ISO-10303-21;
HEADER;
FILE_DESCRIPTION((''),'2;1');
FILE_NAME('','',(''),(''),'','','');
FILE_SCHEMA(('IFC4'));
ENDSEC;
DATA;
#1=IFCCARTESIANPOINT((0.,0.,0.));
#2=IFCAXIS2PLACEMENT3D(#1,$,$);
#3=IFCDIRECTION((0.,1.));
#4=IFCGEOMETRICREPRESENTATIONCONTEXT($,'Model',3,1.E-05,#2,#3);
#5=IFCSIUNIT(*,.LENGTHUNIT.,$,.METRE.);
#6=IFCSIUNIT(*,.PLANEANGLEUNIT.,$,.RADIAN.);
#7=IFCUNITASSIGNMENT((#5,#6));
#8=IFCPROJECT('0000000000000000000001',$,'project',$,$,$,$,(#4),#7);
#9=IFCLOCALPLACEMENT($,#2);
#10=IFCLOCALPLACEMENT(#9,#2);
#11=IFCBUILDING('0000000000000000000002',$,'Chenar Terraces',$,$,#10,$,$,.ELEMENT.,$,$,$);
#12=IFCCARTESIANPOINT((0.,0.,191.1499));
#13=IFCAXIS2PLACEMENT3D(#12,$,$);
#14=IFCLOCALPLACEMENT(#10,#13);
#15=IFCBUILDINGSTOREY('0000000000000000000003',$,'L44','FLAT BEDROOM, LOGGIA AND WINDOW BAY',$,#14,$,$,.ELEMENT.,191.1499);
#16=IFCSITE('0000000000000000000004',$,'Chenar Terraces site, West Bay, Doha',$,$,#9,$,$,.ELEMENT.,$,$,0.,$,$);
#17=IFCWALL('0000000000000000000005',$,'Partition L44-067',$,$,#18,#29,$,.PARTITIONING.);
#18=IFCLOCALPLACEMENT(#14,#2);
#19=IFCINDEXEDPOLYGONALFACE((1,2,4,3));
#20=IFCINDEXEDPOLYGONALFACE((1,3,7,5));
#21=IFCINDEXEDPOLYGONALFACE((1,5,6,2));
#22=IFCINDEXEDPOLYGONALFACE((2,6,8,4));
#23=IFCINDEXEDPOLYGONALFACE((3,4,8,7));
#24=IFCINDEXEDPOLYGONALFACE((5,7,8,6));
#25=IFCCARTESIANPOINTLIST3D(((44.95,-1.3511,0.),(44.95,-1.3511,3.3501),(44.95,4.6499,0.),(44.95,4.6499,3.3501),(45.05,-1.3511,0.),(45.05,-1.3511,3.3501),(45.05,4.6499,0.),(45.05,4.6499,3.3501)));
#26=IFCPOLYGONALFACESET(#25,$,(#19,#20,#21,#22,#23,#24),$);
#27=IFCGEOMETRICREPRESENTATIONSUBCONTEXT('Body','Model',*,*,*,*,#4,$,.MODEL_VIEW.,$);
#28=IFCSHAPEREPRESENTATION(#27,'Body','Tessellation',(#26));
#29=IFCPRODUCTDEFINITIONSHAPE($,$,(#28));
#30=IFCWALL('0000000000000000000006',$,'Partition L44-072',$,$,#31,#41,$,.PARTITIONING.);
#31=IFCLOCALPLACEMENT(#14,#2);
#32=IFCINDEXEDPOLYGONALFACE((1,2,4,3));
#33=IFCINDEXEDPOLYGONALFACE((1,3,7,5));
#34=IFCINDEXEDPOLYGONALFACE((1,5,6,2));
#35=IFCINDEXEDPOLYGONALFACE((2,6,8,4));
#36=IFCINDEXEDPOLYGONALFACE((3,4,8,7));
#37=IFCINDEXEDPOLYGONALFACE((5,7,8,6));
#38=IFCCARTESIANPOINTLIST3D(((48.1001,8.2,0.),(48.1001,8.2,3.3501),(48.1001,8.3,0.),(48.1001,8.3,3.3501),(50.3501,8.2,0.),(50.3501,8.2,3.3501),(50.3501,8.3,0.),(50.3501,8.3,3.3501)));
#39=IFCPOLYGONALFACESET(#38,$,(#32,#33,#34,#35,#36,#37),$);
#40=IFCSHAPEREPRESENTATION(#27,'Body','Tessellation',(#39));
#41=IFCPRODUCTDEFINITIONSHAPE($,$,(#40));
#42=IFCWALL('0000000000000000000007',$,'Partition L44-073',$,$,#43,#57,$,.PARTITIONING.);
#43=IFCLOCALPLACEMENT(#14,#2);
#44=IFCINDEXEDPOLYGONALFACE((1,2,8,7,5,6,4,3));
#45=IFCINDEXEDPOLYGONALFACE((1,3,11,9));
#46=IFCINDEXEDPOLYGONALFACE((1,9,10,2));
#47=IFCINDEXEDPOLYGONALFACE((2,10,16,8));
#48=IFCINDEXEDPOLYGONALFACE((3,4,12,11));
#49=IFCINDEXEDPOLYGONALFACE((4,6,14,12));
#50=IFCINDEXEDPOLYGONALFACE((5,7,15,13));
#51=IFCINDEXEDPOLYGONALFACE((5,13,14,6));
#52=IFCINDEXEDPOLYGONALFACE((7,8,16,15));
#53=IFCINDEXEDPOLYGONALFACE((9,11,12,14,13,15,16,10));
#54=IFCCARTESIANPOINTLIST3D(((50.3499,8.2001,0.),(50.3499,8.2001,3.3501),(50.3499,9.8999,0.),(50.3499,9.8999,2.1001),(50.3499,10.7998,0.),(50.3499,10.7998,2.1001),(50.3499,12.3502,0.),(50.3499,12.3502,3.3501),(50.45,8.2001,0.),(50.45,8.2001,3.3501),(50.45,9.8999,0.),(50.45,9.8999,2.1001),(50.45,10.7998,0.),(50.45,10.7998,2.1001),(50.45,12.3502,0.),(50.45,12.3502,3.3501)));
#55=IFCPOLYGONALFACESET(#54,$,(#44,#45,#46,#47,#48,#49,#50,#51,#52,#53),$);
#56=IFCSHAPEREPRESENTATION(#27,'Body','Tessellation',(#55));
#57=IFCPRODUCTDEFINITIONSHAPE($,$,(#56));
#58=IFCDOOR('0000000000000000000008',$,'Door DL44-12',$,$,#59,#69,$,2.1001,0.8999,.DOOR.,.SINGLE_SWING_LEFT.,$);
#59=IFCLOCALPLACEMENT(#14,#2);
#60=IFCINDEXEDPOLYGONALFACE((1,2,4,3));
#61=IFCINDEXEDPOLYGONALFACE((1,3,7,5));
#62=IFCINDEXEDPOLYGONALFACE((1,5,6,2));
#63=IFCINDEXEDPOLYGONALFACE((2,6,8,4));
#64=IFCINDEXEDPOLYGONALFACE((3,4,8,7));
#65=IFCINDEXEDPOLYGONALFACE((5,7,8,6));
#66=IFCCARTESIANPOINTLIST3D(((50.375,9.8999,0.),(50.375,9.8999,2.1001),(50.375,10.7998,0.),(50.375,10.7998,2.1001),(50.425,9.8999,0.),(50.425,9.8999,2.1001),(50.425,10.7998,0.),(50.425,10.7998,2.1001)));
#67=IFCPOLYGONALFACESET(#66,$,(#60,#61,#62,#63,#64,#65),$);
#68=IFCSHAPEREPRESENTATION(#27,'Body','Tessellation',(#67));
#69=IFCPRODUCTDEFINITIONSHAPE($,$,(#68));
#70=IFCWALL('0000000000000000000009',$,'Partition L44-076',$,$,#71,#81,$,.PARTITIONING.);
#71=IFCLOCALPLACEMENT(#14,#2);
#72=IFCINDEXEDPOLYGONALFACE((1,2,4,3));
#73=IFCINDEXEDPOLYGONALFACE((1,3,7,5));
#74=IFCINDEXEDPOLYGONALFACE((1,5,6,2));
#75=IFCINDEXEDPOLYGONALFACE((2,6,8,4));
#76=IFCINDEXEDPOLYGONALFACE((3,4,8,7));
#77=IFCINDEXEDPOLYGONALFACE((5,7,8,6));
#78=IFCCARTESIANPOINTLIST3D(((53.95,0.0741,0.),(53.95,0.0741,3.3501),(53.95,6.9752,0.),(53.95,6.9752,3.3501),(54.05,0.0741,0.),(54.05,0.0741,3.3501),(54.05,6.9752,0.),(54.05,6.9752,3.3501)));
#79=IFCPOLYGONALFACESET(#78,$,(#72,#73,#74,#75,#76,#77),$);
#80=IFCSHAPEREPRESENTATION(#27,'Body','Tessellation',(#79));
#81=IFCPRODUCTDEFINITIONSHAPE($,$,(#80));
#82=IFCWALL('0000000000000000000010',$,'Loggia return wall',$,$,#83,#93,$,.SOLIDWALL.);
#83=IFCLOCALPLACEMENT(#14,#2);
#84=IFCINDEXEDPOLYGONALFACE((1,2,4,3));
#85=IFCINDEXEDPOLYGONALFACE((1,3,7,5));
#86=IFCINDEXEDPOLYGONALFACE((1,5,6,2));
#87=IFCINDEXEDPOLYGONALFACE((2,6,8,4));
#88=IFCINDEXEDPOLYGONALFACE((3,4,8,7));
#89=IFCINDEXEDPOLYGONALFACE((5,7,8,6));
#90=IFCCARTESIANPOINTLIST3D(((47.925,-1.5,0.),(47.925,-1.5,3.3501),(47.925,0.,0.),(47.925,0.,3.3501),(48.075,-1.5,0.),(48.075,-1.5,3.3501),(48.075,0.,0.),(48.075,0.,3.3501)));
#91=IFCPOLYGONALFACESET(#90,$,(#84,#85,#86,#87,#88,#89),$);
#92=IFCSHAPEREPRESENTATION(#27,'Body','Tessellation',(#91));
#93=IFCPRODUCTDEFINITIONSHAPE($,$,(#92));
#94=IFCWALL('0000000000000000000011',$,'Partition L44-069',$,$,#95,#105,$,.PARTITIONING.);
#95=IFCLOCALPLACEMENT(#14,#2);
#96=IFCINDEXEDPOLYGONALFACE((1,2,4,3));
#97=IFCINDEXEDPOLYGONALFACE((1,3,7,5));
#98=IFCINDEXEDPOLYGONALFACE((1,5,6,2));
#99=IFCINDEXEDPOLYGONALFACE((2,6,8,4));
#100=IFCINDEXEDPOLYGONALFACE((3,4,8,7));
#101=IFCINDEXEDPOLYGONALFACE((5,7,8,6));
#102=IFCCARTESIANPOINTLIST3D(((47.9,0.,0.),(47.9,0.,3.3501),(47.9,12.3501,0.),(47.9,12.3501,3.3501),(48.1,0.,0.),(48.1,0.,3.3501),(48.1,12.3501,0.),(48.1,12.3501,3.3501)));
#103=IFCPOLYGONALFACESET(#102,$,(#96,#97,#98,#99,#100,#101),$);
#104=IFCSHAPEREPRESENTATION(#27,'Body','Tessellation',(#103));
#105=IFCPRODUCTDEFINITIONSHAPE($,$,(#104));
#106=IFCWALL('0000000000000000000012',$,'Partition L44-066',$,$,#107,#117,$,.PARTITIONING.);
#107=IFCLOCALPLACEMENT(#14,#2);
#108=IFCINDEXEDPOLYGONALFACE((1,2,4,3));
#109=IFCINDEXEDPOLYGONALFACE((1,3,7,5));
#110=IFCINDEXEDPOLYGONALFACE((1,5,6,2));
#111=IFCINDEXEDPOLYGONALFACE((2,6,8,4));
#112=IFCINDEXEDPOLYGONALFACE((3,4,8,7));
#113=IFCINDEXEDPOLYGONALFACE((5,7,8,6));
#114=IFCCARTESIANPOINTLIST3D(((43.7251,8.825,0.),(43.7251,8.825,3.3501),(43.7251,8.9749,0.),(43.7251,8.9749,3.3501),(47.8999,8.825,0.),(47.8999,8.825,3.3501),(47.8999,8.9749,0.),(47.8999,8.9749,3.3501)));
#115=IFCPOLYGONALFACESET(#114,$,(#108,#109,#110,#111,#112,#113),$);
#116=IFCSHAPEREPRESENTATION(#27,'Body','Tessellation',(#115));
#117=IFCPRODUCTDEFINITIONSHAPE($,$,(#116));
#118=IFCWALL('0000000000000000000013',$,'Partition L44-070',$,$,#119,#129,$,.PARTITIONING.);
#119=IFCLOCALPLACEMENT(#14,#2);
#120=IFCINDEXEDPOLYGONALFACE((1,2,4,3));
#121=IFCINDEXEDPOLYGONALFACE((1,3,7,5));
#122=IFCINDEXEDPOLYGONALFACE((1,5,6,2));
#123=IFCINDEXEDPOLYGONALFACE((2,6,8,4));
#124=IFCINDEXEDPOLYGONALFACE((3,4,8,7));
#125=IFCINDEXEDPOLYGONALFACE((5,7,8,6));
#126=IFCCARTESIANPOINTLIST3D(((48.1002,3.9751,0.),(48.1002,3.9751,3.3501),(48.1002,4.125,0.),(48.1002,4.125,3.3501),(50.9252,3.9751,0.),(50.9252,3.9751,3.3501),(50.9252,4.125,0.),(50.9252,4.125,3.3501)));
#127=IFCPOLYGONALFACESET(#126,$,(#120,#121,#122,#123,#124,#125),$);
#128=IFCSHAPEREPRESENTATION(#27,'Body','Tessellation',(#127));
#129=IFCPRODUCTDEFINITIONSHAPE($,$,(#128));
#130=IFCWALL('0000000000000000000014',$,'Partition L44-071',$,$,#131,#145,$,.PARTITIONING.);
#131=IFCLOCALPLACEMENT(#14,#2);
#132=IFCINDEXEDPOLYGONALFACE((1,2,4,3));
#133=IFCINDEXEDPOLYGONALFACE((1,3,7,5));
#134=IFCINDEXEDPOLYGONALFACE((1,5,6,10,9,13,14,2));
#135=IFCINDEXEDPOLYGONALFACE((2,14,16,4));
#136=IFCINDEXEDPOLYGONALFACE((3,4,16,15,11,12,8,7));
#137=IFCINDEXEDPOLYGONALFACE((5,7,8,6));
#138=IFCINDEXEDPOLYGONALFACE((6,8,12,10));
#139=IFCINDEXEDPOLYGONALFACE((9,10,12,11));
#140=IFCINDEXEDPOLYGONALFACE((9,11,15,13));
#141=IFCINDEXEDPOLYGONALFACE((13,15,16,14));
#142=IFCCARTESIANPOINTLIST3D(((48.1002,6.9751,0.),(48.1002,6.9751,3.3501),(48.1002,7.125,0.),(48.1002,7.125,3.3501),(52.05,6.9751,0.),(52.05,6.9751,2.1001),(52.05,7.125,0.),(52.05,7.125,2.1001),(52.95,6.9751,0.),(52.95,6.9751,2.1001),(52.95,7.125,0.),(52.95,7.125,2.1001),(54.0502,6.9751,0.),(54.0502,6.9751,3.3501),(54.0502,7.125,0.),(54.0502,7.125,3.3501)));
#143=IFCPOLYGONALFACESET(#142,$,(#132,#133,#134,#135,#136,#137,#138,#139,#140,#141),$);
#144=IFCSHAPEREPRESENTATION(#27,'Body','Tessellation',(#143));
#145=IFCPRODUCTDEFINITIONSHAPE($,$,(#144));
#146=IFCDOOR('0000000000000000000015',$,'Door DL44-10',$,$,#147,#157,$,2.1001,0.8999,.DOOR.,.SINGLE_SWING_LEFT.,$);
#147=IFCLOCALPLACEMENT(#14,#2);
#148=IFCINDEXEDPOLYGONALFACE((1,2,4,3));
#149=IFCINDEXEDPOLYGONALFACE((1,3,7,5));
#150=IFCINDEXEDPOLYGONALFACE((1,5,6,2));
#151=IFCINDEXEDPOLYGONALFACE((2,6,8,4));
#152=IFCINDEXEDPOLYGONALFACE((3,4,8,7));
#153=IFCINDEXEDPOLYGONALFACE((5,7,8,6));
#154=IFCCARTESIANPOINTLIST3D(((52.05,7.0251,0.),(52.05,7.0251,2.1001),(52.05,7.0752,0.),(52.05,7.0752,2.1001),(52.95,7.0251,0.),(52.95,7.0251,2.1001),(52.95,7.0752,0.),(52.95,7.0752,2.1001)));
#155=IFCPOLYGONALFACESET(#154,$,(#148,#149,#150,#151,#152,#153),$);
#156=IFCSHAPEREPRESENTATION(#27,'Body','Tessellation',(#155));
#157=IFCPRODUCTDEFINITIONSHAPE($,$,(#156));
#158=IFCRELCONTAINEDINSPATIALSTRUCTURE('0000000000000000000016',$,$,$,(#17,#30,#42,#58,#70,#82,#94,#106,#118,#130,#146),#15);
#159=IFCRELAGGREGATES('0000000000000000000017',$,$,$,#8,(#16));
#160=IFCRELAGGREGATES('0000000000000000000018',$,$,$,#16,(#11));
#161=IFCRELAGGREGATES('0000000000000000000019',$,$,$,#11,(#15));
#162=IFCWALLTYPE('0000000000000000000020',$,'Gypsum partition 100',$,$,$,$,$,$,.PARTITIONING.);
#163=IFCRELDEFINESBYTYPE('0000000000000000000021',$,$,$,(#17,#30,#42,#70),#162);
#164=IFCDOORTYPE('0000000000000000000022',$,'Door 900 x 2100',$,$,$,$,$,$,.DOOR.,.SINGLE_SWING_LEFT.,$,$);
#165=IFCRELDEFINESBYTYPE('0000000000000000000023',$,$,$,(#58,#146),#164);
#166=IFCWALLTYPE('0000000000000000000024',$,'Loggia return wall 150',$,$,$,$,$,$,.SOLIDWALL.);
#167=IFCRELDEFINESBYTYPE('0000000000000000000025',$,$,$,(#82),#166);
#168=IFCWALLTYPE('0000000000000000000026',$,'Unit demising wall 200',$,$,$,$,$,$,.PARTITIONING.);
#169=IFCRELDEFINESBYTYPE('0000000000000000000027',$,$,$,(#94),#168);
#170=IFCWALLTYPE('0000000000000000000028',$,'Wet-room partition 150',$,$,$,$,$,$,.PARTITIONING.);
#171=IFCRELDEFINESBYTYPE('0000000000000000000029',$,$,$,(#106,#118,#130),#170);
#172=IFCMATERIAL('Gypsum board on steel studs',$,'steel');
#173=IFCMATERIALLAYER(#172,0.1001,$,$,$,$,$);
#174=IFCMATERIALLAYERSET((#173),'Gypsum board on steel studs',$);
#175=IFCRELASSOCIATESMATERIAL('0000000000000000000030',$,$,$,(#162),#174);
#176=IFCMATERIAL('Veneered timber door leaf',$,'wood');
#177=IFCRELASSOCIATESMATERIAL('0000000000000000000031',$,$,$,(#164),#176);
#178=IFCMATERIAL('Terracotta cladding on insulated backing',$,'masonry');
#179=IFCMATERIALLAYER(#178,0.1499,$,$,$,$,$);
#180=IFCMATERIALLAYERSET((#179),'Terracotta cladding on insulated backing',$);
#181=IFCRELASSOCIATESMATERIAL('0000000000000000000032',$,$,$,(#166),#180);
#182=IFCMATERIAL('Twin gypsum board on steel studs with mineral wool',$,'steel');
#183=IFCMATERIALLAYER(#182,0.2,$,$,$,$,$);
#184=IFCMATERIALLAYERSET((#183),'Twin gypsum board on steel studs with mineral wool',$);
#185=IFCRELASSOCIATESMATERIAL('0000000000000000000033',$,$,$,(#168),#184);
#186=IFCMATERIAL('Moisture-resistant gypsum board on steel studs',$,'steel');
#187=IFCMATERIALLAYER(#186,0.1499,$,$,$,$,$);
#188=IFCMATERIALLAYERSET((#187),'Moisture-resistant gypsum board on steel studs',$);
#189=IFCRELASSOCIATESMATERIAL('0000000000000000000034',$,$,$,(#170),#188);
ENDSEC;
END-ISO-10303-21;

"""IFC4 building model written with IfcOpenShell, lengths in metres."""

from ifc_helpers import new_model, si_unit, direction, frame, frame_2d, origin, place, context, subcontext, project, spatial, rectangle, extrude, material, layer, layer_set, type_object, element, fill, save


model = new_model("IFC4")

# Units and contexts
model_context = context("Model", 3, precision=1e-05, world=origin(), true_north=direction((0.0, 1.0)))
body_context = subcontext(model_context, "Body", "Model", "MODEL_VIEW")
ifc_project = project(units=[si_unit("LENGTHUNIT", "METRE"), si_unit("PLANEANGLEUNIT", "RADIAN")], contexts=[model_context])

# Site, building, storey
site_placement = place(None, origin())
site = spatial("IfcSite", under=ifc_project, at=site_placement, Name="Chenar Terraces site, West Bay, Doha", CompositionType="ELEMENT", RefElevation=0.0)
building_placement = place(site_placement, origin())
building = spatial("IfcBuilding", under=site, at=building_placement, Name="Chenar Terraces", CompositionType="ELEMENT")
storey_placement = place(building_placement, frame((0.0, 0.0, 191.1499)))
storey = spatial("IfcBuildingStorey", under=building, at=storey_placement, Name="L44", Description="FLAT BEDROOM, LOGGIA AND WINDOW BAY", CompositionType="ELEMENT", Elevation=191.1499)

# Walls
ifc_material_1 = material(Name="Gypsum board on steel studs", Category="steel")
ifc_layer_1 = layer(ifc_material_1, 0.1001)
ifc_layer_set_1 = layer_set([ifc_layer_1], Name="Gypsum board on steel studs")
wall_type_1 = type_object("IfcWallType", Name="Gypsum partition 100", PredefinedType="PARTITIONING", material=ifc_layer_set_1)
wall_1_placement = place(storey_placement, frame((45.0, -1.3511, 0.0), z_axis=(0.0, 0.0, 1.0), x_axis=(0.0, 1.0, 0.0)))
element("IfcWall", 1, at=wall_1_placement, inside=storey, type_object=wall_type_1, Name="Partition L44-067", PredefinedType="PARTITIONING", context=body_context, shape_type="SweptSolid", body=[
    extrude(rectangle(XDim=6.001, YDim=0.1001, at=frame_2d((3.0005, 0.0))), origin(), (0.0, 0.0, 1.0), 3.3501),
])
wall_2_placement = place(storey_placement, frame((48.1001, 8.25, 0.0), z_axis=(0.0, 0.0, 1.0), x_axis=(1.0, 0.0, 0.0)))
element("IfcWall", 2, at=wall_2_placement, inside=storey, type_object=wall_type_1, Name="Partition L44-072", PredefinedType="PARTITIONING", context=body_context, shape_type="SweptSolid", body=[
    extrude(rectangle(XDim=2.25, YDim=0.1001, at=frame_2d((1.125, 0.0))), origin(), (0.0, 0.0, 1.0), 3.3501),
])

# Wall, opening, door
wall_3_placement = place(storey_placement, frame((50.3999, 8.2, 0.0), z_axis=(0.0, 0.0, 1.0), x_axis=(0.0, 1.0, 0.0)))
wall_3 = element("IfcWall", 3, at=wall_3_placement, inside=storey, type_object=wall_type_1, Name="Partition L44-073", PredefinedType="PARTITIONING", context=body_context, shape_type="SweptSolid", body=[
    extrude(rectangle(XDim=4.1501, YDim=0.1001, at=frame_2d((2.0752, 0.0))), origin(), (0.0, 0.0, 1.0), 3.3501),
])
opening_1_placement = place(wall_3_placement, frame((1.7, 0.0, 0.0)))
opening_1 = element("IfcOpeningElement", 4, at=opening_1_placement, cuts=wall_3, PredefinedType="OPENING", context=body_context, shape_type="SweptSolid", body=[
    extrude(rectangle(XDim=0.8999, YDim=2.1001, at=frame_2d((0.45, 1.05))), frame((0.0, 0.0601, 0.0), z_axis=(0.0, -1.0, 0.0), x_axis=(1.0, 0.0, 0.0)), (0.0, 0.0, 1.0), 0.1201),
])
ifc_material_2 = material(Name="Veneered timber door leaf", Category="wood")
door_type_1 = type_object("IfcDoorType", Name="Door 900 x 2100", OperationType="SINGLE_SWING_LEFT", PredefinedType="DOOR", material=ifc_material_2)
door_1_placement = place(opening_1_placement, origin())
door_1 = element("IfcDoor", 5, at=door_1_placement, inside=storey, type_object=door_type_1, Name="Door DL44-12", OperationType="SINGLE_SWING_LEFT", OverallHeight=2.1001, OverallWidth=0.8999, PredefinedType="DOOR", context=body_context, shape_type="SweptSolid", body=[
    extrude(rectangle(XDim=0.8999, YDim=2.1001, at=frame_2d((0.45, 1.05))), frame((0.0, 0.0249, 0.0), z_axis=(0.0, -1.0, 0.0), x_axis=(1.0, 0.0, 0.0)), (0.0, 0.0, 1.0), 0.05),
])
fill(opening_1, door_1)

# Walls
wall_4_placement = place(storey_placement, frame((54.0, 0.074, 0.0), z_axis=(0.0, 0.0, 1.0), x_axis=(0.0, 1.0, 0.0)))
element("IfcWall", 6, at=wall_4_placement, inside=storey, type_object=wall_type_1, Name="Partition L44-076", PredefinedType="PARTITIONING", context=body_context, shape_type="SweptSolid", body=[
    extrude(rectangle(XDim=6.9011, YDim=0.1001, at=frame_2d((3.4507, 0.0))), origin(), (0.0, 0.0, 1.0), 3.3501),
])
ifc_material_3 = material(Name="Terracotta cladding on insulated backing", Category="masonry")
ifc_layer_2 = layer(ifc_material_3, 0.1499)
ifc_layer_set_2 = layer_set([ifc_layer_2], Name="Terracotta cladding on insulated backing")
wall_type_2 = type_object("IfcWallType", Name="Loggia return wall 150", PredefinedType="SOLIDWALL", material=ifc_layer_set_2)
wall_5_placement = place(storey_placement, frame((48.0, -1.5, 0.0), z_axis=(0.0, 0.0, 1.0), x_axis=(0.0, 1.0, 0.0)))
element("IfcWall", 7, at=wall_5_placement, inside=storey, type_object=wall_type_2, Name="Loggia return wall", PredefinedType="SOLIDWALL", context=body_context, shape_type="SweptSolid", body=[
    extrude(rectangle(XDim=1.5, YDim=0.1499, at=frame_2d((0.75, 0.0))), origin(), (0.0, 0.0, 1.0), 3.3501),
])
ifc_material_4 = material(Name="Twin gypsum board on steel studs with mineral wool", Category="steel")
ifc_layer_3 = layer(ifc_material_4, 0.2)
ifc_layer_set_3 = layer_set([ifc_layer_3], Name="Twin gypsum board on steel studs with mineral wool")
wall_type_3 = type_object("IfcWallType", Name="Unit demising wall 200", PredefinedType="PARTITIONING", material=ifc_layer_set_3)
wall_6_placement = place(storey_placement, frame((48.0, 0.0, 0.0), z_axis=(0.0, 0.0, 1.0), x_axis=(0.0, 1.0, 0.0)))
element("IfcWall", 8, at=wall_6_placement, inside=storey, type_object=wall_type_3, Name="Partition L44-069", PredefinedType="PARTITIONING", context=body_context, shape_type="SweptSolid", body=[
    extrude(rectangle(XDim=12.3501, YDim=0.2, at=frame_2d((6.175, 0.0))), origin(), (0.0, 0.0, 1.0), 3.3501),
])
ifc_material_5 = material(Name="Moisture-resistant gypsum board on steel studs", Category="steel")
ifc_layer_4 = layer(ifc_material_5, 0.1499)
ifc_layer_set_4 = layer_set([ifc_layer_4], Name="Moisture-resistant gypsum board on steel studs")
wall_type_4 = type_object("IfcWallType", Name="Wet-room partition 150", PredefinedType="PARTITIONING", material=ifc_layer_set_4)
wall_7_placement = place(storey_placement, frame((43.7251, 8.8999, 0.0), z_axis=(0.0, 0.0, 1.0), x_axis=(1.0, 0.0, 0.0)))
element("IfcWall", 9, at=wall_7_placement, inside=storey, type_object=wall_type_4, Name="Partition L44-066", PredefinedType="PARTITIONING", context=body_context, shape_type="SweptSolid", body=[
    extrude(rectangle(XDim=4.1748, YDim=0.1499, at=frame_2d((2.0874, 0.0))), origin(), (0.0, 0.0, 1.0), 3.3501),
])
wall_8_placement = place(storey_placement, frame((48.1001, 4.05, 0.0), z_axis=(0.0, 0.0, 1.0), x_axis=(1.0, 0.0, 0.0)))
element("IfcWall", 10, at=wall_8_placement, inside=storey, type_object=wall_type_4, Name="Partition L44-070", PredefinedType="PARTITIONING", context=body_context, shape_type="SweptSolid", body=[
    extrude(rectangle(XDim=2.825, YDim=0.1499, at=frame_2d((1.4126, 0.0))), origin(), (0.0, 0.0, 1.0), 3.3501),
])

# Wall, opening, door
wall_9_placement = place(storey_placement, frame((48.1001, 7.05, 0.0), z_axis=(0.0, 0.0, 1.0), x_axis=(1.0, 0.0, 0.0)))
wall_9 = element("IfcWall", 11, at=wall_9_placement, inside=storey, type_object=wall_type_4, Name="Partition L44-071", PredefinedType="PARTITIONING", context=body_context, shape_type="SweptSolid", body=[
    extrude(rectangle(XDim=5.95, YDim=0.1499, at=frame_2d((2.9751, 0.0))), origin(), (0.0, 0.0, 1.0), 3.3501),
])
opening_2_placement = place(wall_9_placement, frame((3.95, 0.0, 0.0)))
opening_2 = element("IfcOpeningElement", 12, at=opening_2_placement, cuts=wall_9, PredefinedType="OPENING", context=body_context, shape_type="SweptSolid", body=[
    extrude(rectangle(XDim=0.8999, YDim=2.1001, at=frame_2d((0.45, 1.05))), frame((0.0, 0.085, 0.0), z_axis=(0.0, -1.0, 0.0), x_axis=(1.0, 0.0, 0.0)), (0.0, 0.0, 1.0), 0.1699),
])
door_2_placement = place(opening_2_placement, frame((0.8999, 0.0, 0.0), z_axis=(0.0, 0.0, 1.0), x_axis=(-1.0, 0.0, 0.0)))
door_2 = element("IfcDoor", 13, at=door_2_placement, inside=storey, type_object=door_type_1, Name="Door DL44-10", OperationType="SINGLE_SWING_LEFT", OverallHeight=2.1001, OverallWidth=0.8999, PredefinedType="DOOR", context=body_context, shape_type="SweptSolid", body=[
    extrude(rectangle(XDim=0.8999, YDim=2.1001, at=frame_2d((0.45, 1.05))), frame((0.0, 0.0249, 0.0), z_axis=(0.0, -1.0, 0.0), x_axis=(1.0, 0.0, 0.0)), (0.0, 0.0, 1.0), 0.05),
])
fill(opening_2, door_2)

save(model, "model.ifc")
